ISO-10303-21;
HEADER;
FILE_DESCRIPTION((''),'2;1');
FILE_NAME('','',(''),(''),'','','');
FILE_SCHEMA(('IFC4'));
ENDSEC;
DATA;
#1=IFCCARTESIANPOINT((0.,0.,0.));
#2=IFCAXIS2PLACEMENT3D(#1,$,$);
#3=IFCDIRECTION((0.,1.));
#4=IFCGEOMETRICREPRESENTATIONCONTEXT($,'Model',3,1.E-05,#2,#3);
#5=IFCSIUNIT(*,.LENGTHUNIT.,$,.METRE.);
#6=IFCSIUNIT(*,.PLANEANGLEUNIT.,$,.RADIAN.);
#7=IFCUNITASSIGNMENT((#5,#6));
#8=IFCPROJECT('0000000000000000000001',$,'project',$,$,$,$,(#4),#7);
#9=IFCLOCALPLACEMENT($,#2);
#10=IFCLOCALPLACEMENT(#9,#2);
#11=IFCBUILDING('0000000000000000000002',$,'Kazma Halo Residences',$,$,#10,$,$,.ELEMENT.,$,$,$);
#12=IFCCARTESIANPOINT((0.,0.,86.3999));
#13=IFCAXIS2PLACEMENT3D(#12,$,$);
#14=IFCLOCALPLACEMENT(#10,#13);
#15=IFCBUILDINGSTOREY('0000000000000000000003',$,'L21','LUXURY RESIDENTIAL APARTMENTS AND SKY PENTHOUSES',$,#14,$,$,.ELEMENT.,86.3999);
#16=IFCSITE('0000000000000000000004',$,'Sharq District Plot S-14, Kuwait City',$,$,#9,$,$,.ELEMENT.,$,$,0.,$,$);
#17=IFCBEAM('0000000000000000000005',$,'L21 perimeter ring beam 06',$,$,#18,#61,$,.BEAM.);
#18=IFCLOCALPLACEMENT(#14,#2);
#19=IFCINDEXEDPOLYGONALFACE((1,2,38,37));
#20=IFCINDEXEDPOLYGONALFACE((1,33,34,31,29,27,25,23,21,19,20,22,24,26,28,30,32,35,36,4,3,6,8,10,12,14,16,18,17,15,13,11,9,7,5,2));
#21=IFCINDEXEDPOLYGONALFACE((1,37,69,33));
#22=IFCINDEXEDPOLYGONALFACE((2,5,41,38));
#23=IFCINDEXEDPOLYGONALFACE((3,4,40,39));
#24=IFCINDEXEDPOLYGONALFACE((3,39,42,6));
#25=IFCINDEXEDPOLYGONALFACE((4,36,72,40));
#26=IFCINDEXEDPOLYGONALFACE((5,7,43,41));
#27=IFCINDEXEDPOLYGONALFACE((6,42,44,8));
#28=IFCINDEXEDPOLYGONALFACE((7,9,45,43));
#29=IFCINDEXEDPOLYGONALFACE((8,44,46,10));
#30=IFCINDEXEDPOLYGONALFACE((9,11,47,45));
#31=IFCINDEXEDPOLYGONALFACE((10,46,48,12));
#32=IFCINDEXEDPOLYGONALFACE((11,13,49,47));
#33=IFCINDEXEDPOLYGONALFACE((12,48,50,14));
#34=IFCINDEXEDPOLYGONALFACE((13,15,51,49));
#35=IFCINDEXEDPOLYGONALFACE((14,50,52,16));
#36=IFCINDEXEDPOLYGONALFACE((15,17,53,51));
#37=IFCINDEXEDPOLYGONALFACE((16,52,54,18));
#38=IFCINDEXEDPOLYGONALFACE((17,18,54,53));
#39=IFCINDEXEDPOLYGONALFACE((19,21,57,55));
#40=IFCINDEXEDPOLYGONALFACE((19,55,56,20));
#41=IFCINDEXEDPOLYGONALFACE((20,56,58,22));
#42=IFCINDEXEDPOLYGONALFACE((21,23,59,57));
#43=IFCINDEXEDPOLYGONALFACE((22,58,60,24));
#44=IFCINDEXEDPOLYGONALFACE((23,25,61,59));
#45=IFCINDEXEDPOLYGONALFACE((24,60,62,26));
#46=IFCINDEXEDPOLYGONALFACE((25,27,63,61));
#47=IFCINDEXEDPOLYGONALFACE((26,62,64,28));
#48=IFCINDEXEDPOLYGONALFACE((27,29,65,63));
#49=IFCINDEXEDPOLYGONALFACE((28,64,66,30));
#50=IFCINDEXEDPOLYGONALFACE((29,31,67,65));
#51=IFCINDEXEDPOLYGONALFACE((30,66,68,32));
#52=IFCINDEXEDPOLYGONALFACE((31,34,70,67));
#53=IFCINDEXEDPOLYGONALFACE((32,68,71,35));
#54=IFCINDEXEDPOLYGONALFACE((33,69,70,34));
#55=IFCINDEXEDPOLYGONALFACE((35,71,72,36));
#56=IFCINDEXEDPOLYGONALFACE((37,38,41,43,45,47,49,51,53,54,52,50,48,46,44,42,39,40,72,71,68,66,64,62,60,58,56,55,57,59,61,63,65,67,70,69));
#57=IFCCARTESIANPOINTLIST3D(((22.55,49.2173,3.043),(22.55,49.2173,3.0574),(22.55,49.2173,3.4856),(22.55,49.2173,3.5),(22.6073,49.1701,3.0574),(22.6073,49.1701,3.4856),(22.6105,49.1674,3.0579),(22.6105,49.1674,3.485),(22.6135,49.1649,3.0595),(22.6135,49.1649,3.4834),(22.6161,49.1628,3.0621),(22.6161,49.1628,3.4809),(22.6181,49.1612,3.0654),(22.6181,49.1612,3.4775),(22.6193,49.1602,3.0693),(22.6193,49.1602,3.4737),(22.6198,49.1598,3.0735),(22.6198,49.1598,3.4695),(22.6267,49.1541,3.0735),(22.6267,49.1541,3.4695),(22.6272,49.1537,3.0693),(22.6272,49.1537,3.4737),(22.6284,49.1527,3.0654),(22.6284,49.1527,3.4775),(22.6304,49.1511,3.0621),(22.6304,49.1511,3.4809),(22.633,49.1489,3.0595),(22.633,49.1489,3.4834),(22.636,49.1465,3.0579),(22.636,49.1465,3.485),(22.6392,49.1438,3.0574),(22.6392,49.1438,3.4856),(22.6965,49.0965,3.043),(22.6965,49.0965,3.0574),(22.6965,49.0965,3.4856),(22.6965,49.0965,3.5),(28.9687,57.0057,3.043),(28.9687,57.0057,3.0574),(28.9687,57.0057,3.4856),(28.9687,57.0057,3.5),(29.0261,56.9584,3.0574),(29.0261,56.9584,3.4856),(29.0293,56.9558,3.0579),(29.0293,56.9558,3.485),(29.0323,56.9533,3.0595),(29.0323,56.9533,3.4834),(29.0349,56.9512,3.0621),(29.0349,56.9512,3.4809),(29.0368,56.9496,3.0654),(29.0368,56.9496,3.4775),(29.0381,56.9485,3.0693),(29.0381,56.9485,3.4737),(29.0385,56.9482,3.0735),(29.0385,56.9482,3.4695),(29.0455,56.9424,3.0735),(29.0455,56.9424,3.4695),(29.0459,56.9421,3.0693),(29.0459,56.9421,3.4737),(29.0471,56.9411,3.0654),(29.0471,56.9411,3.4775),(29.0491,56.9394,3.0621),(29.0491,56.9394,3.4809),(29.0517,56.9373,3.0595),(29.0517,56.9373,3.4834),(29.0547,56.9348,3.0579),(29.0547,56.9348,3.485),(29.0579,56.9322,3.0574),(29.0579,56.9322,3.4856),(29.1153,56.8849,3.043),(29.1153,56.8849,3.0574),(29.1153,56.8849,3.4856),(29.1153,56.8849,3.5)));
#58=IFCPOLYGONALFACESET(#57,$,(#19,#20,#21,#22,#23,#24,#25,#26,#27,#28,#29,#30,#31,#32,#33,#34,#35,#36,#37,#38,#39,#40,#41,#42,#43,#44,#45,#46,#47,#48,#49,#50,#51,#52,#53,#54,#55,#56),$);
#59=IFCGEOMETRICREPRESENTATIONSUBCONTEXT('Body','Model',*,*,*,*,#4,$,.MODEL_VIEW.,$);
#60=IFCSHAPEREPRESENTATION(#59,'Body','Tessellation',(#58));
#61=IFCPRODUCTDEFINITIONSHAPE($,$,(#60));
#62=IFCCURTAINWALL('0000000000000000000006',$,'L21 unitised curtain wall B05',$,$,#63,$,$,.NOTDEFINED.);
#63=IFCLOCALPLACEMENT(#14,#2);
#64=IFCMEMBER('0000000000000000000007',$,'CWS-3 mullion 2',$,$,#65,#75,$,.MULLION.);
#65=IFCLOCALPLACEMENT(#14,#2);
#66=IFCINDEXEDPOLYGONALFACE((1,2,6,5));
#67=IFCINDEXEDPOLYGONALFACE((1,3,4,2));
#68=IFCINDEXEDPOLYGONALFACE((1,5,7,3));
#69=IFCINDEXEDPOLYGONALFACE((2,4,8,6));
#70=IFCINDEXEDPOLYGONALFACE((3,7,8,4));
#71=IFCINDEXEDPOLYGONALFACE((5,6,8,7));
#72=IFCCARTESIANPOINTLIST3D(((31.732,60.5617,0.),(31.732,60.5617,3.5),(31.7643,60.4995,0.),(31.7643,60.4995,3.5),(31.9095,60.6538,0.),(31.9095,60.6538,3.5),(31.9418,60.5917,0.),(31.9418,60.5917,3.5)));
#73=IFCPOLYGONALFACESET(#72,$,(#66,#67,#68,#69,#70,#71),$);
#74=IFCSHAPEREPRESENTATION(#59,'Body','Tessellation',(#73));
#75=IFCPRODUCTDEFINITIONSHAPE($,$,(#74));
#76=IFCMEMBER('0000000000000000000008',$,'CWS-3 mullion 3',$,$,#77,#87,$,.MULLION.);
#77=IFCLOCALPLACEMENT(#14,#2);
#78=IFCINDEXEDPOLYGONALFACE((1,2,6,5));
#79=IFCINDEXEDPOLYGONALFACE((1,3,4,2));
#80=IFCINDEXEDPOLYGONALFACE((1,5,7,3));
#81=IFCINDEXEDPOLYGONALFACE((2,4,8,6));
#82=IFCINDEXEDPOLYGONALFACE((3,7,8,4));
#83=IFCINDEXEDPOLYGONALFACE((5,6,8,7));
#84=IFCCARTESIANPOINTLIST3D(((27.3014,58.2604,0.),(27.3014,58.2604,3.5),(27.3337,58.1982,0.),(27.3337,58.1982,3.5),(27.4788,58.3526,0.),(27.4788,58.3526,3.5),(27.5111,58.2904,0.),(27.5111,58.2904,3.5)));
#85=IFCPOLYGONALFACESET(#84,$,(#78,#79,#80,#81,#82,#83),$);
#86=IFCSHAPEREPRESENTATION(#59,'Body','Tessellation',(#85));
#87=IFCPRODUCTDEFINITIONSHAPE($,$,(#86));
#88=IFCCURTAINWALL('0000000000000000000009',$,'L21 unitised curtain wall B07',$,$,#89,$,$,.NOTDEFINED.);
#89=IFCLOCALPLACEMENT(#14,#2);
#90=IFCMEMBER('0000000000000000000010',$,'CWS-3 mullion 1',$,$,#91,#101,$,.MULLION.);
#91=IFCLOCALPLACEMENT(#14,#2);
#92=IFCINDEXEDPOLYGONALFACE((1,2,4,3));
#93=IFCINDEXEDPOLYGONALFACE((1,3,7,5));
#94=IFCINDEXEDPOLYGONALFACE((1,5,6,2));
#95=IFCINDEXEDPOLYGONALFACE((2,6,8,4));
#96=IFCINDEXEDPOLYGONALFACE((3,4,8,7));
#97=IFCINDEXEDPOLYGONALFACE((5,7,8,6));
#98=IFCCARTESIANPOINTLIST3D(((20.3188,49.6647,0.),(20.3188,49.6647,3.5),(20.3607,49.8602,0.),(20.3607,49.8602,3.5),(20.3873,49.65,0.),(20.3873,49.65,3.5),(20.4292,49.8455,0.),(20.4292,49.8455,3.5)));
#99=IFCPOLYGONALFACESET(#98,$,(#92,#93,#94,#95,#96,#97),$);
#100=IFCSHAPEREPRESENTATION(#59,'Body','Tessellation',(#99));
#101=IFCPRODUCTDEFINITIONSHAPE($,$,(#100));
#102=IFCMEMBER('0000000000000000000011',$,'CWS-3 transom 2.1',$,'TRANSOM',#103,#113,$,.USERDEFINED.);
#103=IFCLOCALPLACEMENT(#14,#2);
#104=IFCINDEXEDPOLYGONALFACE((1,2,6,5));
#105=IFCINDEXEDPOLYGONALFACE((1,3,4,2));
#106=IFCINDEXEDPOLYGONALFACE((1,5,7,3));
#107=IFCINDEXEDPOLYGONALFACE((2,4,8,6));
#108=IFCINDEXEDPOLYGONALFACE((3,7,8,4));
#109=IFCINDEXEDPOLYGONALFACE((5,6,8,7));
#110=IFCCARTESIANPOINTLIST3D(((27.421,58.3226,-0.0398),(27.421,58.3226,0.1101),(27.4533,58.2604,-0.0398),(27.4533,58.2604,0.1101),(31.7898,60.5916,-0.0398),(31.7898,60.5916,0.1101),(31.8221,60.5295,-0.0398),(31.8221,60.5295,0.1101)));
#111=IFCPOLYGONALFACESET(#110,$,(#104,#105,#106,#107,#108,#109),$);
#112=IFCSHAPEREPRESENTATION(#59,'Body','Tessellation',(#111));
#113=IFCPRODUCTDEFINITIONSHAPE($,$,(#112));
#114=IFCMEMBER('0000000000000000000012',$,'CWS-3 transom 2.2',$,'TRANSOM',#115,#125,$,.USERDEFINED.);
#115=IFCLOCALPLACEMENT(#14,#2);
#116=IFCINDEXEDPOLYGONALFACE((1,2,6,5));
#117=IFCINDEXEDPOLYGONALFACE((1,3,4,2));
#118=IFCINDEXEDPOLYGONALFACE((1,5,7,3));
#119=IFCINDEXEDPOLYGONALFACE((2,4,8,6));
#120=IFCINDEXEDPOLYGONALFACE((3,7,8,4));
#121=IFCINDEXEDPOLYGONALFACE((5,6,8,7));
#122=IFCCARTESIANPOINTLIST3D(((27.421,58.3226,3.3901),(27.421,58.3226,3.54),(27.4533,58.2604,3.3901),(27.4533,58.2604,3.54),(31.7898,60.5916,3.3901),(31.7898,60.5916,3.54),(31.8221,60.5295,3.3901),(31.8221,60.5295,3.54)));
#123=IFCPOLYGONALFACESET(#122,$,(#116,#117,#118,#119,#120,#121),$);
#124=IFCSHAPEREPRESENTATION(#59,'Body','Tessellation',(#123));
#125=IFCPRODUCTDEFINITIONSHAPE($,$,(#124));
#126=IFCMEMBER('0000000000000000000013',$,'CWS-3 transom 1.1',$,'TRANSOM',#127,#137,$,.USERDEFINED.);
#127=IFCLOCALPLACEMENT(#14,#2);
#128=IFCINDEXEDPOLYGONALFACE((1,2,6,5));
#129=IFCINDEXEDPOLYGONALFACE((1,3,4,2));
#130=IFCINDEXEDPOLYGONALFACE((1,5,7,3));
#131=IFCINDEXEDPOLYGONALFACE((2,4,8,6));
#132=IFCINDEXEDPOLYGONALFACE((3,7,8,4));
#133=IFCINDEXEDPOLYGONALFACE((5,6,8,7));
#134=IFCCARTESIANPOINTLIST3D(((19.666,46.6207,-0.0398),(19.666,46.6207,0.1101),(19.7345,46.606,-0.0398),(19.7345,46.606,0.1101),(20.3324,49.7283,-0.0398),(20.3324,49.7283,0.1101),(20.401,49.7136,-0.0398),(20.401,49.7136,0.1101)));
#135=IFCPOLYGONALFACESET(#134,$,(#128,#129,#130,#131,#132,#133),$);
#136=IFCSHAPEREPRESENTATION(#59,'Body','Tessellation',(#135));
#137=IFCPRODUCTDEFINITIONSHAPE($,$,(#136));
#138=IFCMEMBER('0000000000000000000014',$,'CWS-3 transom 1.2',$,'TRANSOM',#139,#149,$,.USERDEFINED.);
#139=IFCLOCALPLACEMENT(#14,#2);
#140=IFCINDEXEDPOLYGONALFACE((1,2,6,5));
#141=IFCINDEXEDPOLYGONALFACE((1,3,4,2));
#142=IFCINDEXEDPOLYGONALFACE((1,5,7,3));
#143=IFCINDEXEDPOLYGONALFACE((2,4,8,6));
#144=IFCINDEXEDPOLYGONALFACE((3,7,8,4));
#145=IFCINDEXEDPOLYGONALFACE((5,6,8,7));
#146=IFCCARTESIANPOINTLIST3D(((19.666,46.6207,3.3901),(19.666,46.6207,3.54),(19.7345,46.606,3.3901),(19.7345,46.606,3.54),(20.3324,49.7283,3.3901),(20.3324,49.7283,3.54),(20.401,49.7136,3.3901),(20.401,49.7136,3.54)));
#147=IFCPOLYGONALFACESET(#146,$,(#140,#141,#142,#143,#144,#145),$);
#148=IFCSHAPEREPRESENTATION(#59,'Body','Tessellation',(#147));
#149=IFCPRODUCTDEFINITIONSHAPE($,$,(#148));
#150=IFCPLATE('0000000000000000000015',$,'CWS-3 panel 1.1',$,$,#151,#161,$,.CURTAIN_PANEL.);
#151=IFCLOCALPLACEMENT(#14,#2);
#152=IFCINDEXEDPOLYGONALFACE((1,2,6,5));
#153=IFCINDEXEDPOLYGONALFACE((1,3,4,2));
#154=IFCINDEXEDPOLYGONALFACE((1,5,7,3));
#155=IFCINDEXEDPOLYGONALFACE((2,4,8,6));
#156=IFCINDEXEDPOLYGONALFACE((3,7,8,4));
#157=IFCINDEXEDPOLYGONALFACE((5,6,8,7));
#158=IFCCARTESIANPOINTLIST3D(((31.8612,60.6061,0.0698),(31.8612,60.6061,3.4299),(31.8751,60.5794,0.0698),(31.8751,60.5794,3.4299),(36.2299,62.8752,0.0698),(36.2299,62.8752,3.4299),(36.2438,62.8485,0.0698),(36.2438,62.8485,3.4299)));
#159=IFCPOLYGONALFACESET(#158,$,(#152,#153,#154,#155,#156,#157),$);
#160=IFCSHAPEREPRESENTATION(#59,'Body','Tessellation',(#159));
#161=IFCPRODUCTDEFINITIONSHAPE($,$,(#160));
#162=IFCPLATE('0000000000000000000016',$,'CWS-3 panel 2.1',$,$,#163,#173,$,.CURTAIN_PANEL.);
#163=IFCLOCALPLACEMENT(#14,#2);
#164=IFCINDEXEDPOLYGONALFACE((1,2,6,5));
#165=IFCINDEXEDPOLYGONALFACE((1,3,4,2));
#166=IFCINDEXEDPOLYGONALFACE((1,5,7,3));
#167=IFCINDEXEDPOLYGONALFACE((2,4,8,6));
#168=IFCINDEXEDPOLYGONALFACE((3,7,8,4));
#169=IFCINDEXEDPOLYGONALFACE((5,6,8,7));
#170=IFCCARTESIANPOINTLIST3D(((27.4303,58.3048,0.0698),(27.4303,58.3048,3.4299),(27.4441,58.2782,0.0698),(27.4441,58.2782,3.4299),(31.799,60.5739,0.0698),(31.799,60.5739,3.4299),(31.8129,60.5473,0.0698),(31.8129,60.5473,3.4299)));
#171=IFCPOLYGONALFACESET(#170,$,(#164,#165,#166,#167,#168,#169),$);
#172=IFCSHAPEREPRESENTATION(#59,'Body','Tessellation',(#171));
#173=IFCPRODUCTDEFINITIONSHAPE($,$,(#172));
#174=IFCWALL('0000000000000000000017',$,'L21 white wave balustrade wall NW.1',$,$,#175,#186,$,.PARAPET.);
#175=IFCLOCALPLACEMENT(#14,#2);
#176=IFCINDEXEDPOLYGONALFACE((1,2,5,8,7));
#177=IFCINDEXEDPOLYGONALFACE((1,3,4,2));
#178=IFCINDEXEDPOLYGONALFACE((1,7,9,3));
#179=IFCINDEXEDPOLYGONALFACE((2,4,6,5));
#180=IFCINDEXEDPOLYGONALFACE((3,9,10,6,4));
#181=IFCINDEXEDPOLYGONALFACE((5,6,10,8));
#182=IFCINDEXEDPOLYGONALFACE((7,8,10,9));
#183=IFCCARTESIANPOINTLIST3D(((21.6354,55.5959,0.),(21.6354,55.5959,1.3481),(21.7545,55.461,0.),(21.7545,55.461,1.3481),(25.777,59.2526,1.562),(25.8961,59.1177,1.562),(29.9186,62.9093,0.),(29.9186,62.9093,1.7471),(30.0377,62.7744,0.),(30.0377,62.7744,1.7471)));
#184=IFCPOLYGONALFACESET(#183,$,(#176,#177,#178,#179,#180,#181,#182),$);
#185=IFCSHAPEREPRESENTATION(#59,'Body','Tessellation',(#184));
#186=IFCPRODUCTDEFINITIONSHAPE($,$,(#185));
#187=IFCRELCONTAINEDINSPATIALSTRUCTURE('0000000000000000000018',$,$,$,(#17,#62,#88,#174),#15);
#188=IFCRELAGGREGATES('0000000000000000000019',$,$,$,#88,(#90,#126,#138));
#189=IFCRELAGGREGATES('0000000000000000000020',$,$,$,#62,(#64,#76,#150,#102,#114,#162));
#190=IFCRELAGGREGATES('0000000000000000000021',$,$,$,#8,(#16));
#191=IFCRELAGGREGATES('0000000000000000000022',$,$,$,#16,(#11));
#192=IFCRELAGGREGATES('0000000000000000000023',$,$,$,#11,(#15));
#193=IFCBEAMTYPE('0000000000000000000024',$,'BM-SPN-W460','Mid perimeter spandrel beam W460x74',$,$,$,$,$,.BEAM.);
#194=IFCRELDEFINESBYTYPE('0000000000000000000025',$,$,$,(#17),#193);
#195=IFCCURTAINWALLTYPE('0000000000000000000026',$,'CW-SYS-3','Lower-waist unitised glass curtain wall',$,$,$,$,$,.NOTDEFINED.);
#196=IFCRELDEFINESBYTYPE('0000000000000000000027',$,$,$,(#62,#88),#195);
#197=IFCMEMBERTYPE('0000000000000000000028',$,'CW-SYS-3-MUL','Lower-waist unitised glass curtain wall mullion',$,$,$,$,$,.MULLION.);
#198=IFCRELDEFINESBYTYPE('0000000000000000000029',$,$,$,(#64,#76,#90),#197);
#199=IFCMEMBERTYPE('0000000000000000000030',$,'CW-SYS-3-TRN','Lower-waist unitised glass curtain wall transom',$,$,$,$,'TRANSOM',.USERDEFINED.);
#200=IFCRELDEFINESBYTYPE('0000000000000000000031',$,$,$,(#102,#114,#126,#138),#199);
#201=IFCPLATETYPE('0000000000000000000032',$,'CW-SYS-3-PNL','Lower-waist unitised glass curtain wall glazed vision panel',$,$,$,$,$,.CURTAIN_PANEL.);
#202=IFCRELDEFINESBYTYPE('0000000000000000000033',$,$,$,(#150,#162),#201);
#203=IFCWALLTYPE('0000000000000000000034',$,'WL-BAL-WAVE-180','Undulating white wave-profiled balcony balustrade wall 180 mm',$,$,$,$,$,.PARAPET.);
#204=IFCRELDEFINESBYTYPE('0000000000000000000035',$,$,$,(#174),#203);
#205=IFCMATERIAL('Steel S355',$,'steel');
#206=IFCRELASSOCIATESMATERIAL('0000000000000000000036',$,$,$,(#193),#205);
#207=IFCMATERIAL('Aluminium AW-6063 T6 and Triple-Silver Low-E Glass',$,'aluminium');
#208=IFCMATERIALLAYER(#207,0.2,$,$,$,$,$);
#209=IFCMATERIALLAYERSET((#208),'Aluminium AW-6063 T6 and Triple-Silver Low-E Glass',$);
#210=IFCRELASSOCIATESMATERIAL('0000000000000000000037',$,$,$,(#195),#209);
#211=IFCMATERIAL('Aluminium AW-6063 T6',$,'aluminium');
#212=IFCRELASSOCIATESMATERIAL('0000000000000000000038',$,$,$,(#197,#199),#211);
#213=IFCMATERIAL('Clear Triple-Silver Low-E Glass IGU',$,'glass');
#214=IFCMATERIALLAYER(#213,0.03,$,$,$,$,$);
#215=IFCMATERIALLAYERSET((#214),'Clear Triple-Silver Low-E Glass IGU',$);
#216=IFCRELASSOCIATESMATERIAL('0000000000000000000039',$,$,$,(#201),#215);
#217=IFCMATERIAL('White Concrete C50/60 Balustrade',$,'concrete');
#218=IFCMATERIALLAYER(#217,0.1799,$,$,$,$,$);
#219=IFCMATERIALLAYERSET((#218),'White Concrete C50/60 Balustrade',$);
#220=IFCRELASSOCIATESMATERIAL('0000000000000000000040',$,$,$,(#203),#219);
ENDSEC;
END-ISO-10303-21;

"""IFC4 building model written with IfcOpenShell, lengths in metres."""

from ifc_helpers import new_model, si_unit, direction, frame, origin, origin_2d, place, context, subcontext, project, spatial, polyline, rectangle, i_section, outline, extrude, material, layer, layer_set, material_profile, profile_set, type_object, element, aggregate, save


model = new_model("IFC4")

# Units and contexts
model_context = context("Model", 3, precision=1e-05, world=origin(), true_north=direction((0.0, 1.0)))
body_context = subcontext(model_context, "Body", "Model", "MODEL_VIEW")
ifc_project = project(units=[si_unit("LENGTHUNIT", "METRE"), si_unit("PLANEANGLEUNIT", "RADIAN")], contexts=[model_context])

# Site, building, storey
site_placement = place(None, origin())
site = spatial("IfcSite", under=ifc_project, at=site_placement, Name="Sharq District Plot S-14, Kuwait City", CompositionType="ELEMENT", RefElevation=0.0)
building_placement = place(site_placement, origin())
building = spatial("IfcBuilding", under=site, at=building_placement, Name="Kazma Halo Residences", CompositionType="ELEMENT")
storey_placement = place(building_placement, frame((0.0, 0.0, 86.3999)))
storey = spatial("IfcBuildingStorey", under=building, at=storey_placement, Name="L21", Description="LUXURY RESIDENTIAL APARTMENTS AND SKY PENTHOUSES", CompositionType="ELEMENT", Elevation=86.3999)

# Beam
ifc_material_1 = material(Name="Steel S355", Category="steel")
ifc_material_profile_1 = material_profile(ifc_material_1, i_section(OverallWidth=0.1899, OverallDepth=0.457, WebThickness=0.009, FlangeThickness=0.0144, FilletRadius=0.0161, at=origin_2d()), Name="W460x74")
ifc_profile_set_1 = profile_set([ifc_material_profile_1], Name="Steel S355")
beam_type_1 = type_object("IfcBeamType", Name="BM-SPN-W460", Description="Mid perimeter spandrel beam W460x74", PredefinedType="BEAM", material=ifc_profile_set_1)
beam_1_placement = place(storey_placement, frame((29.042, 56.9453, 3.2715), z_axis=(-0.63599, -0.771698, 0.0), x_axis=(0.771698, -0.63599, 0.0)))
element("IfcBeam", 1, at=beam_1_placement, inside=storey, type_object=beam_type_1, Name="L21 perimeter ring beam 06", PredefinedType="BEAM", context=body_context, shape_type="SweptSolid", body=[
    extrude(i_section(OverallWidth=0.1899, OverallDepth=0.457, WebThickness=0.009, FlangeThickness=0.0144, FilletRadius=0.0161, at=origin_2d()), origin(), (0.0, 0.0, 1.0), 10.0925),
])

# Curtain wall, members
ifc_material_2 = material(Name="Aluminium AW-6063 T6 and Triple-Silver Low-E Glass", Category="aluminium")
ifc_layer_1 = layer(ifc_material_2, 0.2)
ifc_layer_set_1 = layer_set([ifc_layer_1], Name="Aluminium AW-6063 T6 and Triple-Silver Low-E Glass")
curtain_wall_type = type_object("IfcCurtainWallType", Name="CW-SYS-3", Description="Lower-waist unitised glass curtain wall", PredefinedType="NOTDEFINED", material=ifc_layer_set_1)
curtain_wall_1_placement = place(storey_placement, origin())
curtain_wall_1 = element("IfcCurtainWall", 2, at=curtain_wall_1_placement, inside=storey, type_object=curtain_wall_type, Name="L21 unitised curtain wall B05", PredefinedType="NOTDEFINED")
ifc_material_3 = material(Name="Aluminium AW-6063 T6", Category="aluminium")
ifc_material_profile_2 = material_profile(ifc_material_3, rectangle(XDim=0.0701, YDim=0.2, at=origin_2d()), Name="CWM-70x200")
ifc_profile_set_2 = profile_set([ifc_material_profile_2], Name="Aluminium AW-6063 T6")
member_type_1 = type_object("IfcMemberType", Name="CW-SYS-3-MUL", Description="Lower-waist unitised glass curtain wall mullion", PredefinedType="MULLION", material=ifc_profile_set_2)
member_1_placement = place(storey_placement, frame((31.8369, 60.5767, 0.0), z_axis=(0.0, 0.0, 1.0), x_axis=(0.460932, -0.887435, 0.0)))
member_1 = element("IfcMember", 3, at=member_1_placement, type_object=member_type_1, Name="CWS-3 mullion 2", PredefinedType="MULLION", context=body_context, shape_type="SweptSolid", body=[
    extrude(rectangle(XDim=0.0701, YDim=0.2, at=origin_2d()), origin(), (0.0, 0.0, 1.0), 3.5),
])
member_2_placement = place(storey_placement, frame((27.4062, 58.2754, 0.0), z_axis=(0.0, 0.0, 1.0), x_axis=(0.460932, -0.887435, 0.0)))
member_2 = element("IfcMember", 4, at=member_2_placement, type_object=member_type_1, Name="CWS-3 mullion 3", PredefinedType="MULLION", context=body_context, shape_type="SweptSolid", body=[
    extrude(rectangle(XDim=0.0701, YDim=0.2, at=origin_2d()), origin(), (0.0, 0.0, 1.0), 3.5),
])

# Curtain wall, member
curtain_wall_2_placement = place(storey_placement, origin())
curtain_wall_2 = element("IfcCurtainWall", 5, at=curtain_wall_2_placement, inside=storey, type_object=curtain_wall_type, Name="L21 unitised curtain wall B07", PredefinedType="NOTDEFINED")
member_3_placement = place(storey_placement, frame((20.374, 49.7551, 0.0), z_axis=(0.0, 0.0, 1.0), x_axis=(0.977774, -0.209661, 0.0)))
member_3 = element("IfcMember", 6, at=member_3_placement, type_object=member_type_1, Name="CWS-3 mullion 1", PredefinedType="MULLION", context=body_context, shape_type="SweptSolid", body=[
    extrude(rectangle(XDim=0.0701, YDim=0.2, at=origin_2d()), origin(), (0.0, 0.0, 1.0), 3.5),
])

# Members
ifc_material_profile_3 = material_profile(ifc_material_3, rectangle(XDim=0.0701, YDim=0.1499, at=origin_2d()), Name="CWT-70x150")
ifc_profile_set_3 = profile_set([ifc_material_profile_3], Name="Aluminium AW-6063 T6")
member_type_2 = type_object("IfcMemberType", Name="CW-SYS-3-TRN", Description="Lower-waist unitised glass curtain wall transom", ElementType="TRANSOM", PredefinedType="USERDEFINED", material=ifc_profile_set_3)
member_4_placement = place(storey_placement, frame((31.8059, 60.5605, 0.0352), z_axis=(-0.887438, -0.460928, 0.0), x_axis=(0.460928, -0.887438, 0.0)))
member_4 = element("IfcMember", 7, at=member_4_placement, type_object=member_type_2, Name="CWS-3 transom 2.1", ObjectType="TRANSOM", PredefinedType="USERDEFINED", context=body_context, shape_type="SweptSolid", body=[
    extrude(rectangle(XDim=0.0701, YDim=0.1499, at=origin_2d()), origin(), (0.0, 0.0, 1.0), 4.9229),
])
member_5_placement = place(storey_placement, frame((31.8059, 60.5605, 3.4651), z_axis=(-0.887438, -0.460928, 0.0), x_axis=(0.460928, -0.887438, 0.0)))
member_5 = element("IfcMember", 8, at=member_5_placement, type_object=member_type_2, Name="CWS-3 transom 2.2", ObjectType="TRANSOM", PredefinedType="USERDEFINED", context=body_context, shape_type="SweptSolid", body=[
    extrude(rectangle(XDim=0.0701, YDim=0.1499, at=origin_2d()), origin(), (0.0, 0.0, 1.0), 4.9229),
])
member_6_placement = place(storey_placement, frame((20.3667, 49.7209, 0.0352), z_axis=(-0.209702, -0.977765, 0.0), x_axis=(0.977765, -0.209702, 0.0)))
member_6 = element("IfcMember", 9, at=member_6_placement, type_object=member_type_2, Name="CWS-3 transom 1.1", ObjectType="TRANSOM", PredefinedType="USERDEFINED", context=body_context, shape_type="SweptSolid", body=[
    extrude(rectangle(XDim=0.0701, YDim=0.1499, at=origin_2d()), origin(), (0.0, 0.0, 1.0), 3.1782),
])
member_7_placement = place(storey_placement, frame((20.3667, 49.7209, 3.4651), z_axis=(-0.209702, -0.977765, 0.0), x_axis=(0.977765, -0.209702, 0.0)))
member_7 = element("IfcMember", 10, at=member_7_placement, type_object=member_type_2, Name="CWS-3 transom 1.2", ObjectType="TRANSOM", PredefinedType="USERDEFINED", context=body_context, shape_type="SweptSolid", body=[
    extrude(rectangle(XDim=0.0701, YDim=0.1499, at=origin_2d()), origin(), (0.0, 0.0, 1.0), 3.1782),
])
aggregate(curtain_wall_2, [member_3, member_6, member_7])

# Plates
ifc_material_4 = material(Name="Clear Triple-Silver Low-E Glass IGU", Category="glass")
ifc_layer_2 = layer(ifc_material_4, 0.03)
ifc_layer_set_2 = layer_set([ifc_layer_2], Name="Clear Triple-Silver Low-E Glass IGU")
plate_type = type_object("IfcPlateType", Name="CW-SYS-3-PNL", Description="Lower-waist unitised glass curtain wall glazed vision panel", PredefinedType="CURTAIN_PANEL", material=ifc_layer_set_2)
plate_1_placement = place(storey_placement, frame((34.0525, 61.7273, 0.0698), z_axis=(0.0, 0.0, 1.0), x_axis=(-0.887435, -0.460932, 0.0)))
plate_1 = element("IfcPlate", 11, at=plate_1_placement, type_object=plate_type, Name="CWS-3 panel 1.1", PredefinedType="CURTAIN_PANEL", context=body_context, shape_type="SweptSolid", body=[
    extrude(rectangle(XDim=4.9229, YDim=0.03, at=origin_2d()), origin(), (0.0, 0.0, 1.0), 3.3601),
])
plate_2_placement = place(storey_placement, frame((29.6216, 59.426, 0.0698), z_axis=(0.0, 0.0, 1.0), x_axis=(-0.887435, -0.460932, 0.0)))
plate_2 = element("IfcPlate", 12, at=plate_2_placement, type_object=plate_type, Name="CWS-3 panel 2.1", PredefinedType="CURTAIN_PANEL", context=body_context, shape_type="SweptSolid", body=[
    extrude(rectangle(XDim=4.9229, YDim=0.03, at=origin_2d()), origin(), (0.0, 0.0, 1.0), 3.3601),
])
aggregate(curtain_wall_1, [member_1, member_2, plate_1, member_4, member_5, plate_2])

# Wall
ifc_material_5 = material(Name="White Concrete C50/60 Balustrade", Category="concrete")
ifc_layer_3 = layer(ifc_material_5, 0.1799)
ifc_layer_set_3 = layer_set([ifc_layer_3], Name="White Concrete C50/60 Balustrade")
wall_type_1 = type_object("IfcWallType", Name="WL-BAL-WAVE-180", Description="Undulating white wave-profiled balcony balustrade wall 180 mm", PredefinedType="PARAPET", material=ifc_layer_set_3)
wall_1_placement = place(storey_placement, frame((29.9783, 62.8418, 0.0), z_axis=(0.0, 0.0, 1.0), x_axis=(-0.749624, -0.661864, 0.0)))
element("IfcWall", 13, at=wall_1_placement, inside=storey, type_object=wall_type_1, Name="L21 white wave balustrade wall NW.1", PredefinedType="PARAPET", context=body_context, shape_type="SweptSolid", body=[
    extrude(outline(polyline([(0.0, 0.0), (11.0498, 0.0), (11.0498, 1.3481), (5.5249, 1.562), (0.0, 1.7471), (0.0, 0.0)])), frame((0.0, 0.0898, 0.0), z_axis=(0.0, -1.0, 0.0), x_axis=(1.0, 0.0, 0.0)), (0.0, 0.0, 1.0), 0.1799),
])

save(model, "model.ifc")
